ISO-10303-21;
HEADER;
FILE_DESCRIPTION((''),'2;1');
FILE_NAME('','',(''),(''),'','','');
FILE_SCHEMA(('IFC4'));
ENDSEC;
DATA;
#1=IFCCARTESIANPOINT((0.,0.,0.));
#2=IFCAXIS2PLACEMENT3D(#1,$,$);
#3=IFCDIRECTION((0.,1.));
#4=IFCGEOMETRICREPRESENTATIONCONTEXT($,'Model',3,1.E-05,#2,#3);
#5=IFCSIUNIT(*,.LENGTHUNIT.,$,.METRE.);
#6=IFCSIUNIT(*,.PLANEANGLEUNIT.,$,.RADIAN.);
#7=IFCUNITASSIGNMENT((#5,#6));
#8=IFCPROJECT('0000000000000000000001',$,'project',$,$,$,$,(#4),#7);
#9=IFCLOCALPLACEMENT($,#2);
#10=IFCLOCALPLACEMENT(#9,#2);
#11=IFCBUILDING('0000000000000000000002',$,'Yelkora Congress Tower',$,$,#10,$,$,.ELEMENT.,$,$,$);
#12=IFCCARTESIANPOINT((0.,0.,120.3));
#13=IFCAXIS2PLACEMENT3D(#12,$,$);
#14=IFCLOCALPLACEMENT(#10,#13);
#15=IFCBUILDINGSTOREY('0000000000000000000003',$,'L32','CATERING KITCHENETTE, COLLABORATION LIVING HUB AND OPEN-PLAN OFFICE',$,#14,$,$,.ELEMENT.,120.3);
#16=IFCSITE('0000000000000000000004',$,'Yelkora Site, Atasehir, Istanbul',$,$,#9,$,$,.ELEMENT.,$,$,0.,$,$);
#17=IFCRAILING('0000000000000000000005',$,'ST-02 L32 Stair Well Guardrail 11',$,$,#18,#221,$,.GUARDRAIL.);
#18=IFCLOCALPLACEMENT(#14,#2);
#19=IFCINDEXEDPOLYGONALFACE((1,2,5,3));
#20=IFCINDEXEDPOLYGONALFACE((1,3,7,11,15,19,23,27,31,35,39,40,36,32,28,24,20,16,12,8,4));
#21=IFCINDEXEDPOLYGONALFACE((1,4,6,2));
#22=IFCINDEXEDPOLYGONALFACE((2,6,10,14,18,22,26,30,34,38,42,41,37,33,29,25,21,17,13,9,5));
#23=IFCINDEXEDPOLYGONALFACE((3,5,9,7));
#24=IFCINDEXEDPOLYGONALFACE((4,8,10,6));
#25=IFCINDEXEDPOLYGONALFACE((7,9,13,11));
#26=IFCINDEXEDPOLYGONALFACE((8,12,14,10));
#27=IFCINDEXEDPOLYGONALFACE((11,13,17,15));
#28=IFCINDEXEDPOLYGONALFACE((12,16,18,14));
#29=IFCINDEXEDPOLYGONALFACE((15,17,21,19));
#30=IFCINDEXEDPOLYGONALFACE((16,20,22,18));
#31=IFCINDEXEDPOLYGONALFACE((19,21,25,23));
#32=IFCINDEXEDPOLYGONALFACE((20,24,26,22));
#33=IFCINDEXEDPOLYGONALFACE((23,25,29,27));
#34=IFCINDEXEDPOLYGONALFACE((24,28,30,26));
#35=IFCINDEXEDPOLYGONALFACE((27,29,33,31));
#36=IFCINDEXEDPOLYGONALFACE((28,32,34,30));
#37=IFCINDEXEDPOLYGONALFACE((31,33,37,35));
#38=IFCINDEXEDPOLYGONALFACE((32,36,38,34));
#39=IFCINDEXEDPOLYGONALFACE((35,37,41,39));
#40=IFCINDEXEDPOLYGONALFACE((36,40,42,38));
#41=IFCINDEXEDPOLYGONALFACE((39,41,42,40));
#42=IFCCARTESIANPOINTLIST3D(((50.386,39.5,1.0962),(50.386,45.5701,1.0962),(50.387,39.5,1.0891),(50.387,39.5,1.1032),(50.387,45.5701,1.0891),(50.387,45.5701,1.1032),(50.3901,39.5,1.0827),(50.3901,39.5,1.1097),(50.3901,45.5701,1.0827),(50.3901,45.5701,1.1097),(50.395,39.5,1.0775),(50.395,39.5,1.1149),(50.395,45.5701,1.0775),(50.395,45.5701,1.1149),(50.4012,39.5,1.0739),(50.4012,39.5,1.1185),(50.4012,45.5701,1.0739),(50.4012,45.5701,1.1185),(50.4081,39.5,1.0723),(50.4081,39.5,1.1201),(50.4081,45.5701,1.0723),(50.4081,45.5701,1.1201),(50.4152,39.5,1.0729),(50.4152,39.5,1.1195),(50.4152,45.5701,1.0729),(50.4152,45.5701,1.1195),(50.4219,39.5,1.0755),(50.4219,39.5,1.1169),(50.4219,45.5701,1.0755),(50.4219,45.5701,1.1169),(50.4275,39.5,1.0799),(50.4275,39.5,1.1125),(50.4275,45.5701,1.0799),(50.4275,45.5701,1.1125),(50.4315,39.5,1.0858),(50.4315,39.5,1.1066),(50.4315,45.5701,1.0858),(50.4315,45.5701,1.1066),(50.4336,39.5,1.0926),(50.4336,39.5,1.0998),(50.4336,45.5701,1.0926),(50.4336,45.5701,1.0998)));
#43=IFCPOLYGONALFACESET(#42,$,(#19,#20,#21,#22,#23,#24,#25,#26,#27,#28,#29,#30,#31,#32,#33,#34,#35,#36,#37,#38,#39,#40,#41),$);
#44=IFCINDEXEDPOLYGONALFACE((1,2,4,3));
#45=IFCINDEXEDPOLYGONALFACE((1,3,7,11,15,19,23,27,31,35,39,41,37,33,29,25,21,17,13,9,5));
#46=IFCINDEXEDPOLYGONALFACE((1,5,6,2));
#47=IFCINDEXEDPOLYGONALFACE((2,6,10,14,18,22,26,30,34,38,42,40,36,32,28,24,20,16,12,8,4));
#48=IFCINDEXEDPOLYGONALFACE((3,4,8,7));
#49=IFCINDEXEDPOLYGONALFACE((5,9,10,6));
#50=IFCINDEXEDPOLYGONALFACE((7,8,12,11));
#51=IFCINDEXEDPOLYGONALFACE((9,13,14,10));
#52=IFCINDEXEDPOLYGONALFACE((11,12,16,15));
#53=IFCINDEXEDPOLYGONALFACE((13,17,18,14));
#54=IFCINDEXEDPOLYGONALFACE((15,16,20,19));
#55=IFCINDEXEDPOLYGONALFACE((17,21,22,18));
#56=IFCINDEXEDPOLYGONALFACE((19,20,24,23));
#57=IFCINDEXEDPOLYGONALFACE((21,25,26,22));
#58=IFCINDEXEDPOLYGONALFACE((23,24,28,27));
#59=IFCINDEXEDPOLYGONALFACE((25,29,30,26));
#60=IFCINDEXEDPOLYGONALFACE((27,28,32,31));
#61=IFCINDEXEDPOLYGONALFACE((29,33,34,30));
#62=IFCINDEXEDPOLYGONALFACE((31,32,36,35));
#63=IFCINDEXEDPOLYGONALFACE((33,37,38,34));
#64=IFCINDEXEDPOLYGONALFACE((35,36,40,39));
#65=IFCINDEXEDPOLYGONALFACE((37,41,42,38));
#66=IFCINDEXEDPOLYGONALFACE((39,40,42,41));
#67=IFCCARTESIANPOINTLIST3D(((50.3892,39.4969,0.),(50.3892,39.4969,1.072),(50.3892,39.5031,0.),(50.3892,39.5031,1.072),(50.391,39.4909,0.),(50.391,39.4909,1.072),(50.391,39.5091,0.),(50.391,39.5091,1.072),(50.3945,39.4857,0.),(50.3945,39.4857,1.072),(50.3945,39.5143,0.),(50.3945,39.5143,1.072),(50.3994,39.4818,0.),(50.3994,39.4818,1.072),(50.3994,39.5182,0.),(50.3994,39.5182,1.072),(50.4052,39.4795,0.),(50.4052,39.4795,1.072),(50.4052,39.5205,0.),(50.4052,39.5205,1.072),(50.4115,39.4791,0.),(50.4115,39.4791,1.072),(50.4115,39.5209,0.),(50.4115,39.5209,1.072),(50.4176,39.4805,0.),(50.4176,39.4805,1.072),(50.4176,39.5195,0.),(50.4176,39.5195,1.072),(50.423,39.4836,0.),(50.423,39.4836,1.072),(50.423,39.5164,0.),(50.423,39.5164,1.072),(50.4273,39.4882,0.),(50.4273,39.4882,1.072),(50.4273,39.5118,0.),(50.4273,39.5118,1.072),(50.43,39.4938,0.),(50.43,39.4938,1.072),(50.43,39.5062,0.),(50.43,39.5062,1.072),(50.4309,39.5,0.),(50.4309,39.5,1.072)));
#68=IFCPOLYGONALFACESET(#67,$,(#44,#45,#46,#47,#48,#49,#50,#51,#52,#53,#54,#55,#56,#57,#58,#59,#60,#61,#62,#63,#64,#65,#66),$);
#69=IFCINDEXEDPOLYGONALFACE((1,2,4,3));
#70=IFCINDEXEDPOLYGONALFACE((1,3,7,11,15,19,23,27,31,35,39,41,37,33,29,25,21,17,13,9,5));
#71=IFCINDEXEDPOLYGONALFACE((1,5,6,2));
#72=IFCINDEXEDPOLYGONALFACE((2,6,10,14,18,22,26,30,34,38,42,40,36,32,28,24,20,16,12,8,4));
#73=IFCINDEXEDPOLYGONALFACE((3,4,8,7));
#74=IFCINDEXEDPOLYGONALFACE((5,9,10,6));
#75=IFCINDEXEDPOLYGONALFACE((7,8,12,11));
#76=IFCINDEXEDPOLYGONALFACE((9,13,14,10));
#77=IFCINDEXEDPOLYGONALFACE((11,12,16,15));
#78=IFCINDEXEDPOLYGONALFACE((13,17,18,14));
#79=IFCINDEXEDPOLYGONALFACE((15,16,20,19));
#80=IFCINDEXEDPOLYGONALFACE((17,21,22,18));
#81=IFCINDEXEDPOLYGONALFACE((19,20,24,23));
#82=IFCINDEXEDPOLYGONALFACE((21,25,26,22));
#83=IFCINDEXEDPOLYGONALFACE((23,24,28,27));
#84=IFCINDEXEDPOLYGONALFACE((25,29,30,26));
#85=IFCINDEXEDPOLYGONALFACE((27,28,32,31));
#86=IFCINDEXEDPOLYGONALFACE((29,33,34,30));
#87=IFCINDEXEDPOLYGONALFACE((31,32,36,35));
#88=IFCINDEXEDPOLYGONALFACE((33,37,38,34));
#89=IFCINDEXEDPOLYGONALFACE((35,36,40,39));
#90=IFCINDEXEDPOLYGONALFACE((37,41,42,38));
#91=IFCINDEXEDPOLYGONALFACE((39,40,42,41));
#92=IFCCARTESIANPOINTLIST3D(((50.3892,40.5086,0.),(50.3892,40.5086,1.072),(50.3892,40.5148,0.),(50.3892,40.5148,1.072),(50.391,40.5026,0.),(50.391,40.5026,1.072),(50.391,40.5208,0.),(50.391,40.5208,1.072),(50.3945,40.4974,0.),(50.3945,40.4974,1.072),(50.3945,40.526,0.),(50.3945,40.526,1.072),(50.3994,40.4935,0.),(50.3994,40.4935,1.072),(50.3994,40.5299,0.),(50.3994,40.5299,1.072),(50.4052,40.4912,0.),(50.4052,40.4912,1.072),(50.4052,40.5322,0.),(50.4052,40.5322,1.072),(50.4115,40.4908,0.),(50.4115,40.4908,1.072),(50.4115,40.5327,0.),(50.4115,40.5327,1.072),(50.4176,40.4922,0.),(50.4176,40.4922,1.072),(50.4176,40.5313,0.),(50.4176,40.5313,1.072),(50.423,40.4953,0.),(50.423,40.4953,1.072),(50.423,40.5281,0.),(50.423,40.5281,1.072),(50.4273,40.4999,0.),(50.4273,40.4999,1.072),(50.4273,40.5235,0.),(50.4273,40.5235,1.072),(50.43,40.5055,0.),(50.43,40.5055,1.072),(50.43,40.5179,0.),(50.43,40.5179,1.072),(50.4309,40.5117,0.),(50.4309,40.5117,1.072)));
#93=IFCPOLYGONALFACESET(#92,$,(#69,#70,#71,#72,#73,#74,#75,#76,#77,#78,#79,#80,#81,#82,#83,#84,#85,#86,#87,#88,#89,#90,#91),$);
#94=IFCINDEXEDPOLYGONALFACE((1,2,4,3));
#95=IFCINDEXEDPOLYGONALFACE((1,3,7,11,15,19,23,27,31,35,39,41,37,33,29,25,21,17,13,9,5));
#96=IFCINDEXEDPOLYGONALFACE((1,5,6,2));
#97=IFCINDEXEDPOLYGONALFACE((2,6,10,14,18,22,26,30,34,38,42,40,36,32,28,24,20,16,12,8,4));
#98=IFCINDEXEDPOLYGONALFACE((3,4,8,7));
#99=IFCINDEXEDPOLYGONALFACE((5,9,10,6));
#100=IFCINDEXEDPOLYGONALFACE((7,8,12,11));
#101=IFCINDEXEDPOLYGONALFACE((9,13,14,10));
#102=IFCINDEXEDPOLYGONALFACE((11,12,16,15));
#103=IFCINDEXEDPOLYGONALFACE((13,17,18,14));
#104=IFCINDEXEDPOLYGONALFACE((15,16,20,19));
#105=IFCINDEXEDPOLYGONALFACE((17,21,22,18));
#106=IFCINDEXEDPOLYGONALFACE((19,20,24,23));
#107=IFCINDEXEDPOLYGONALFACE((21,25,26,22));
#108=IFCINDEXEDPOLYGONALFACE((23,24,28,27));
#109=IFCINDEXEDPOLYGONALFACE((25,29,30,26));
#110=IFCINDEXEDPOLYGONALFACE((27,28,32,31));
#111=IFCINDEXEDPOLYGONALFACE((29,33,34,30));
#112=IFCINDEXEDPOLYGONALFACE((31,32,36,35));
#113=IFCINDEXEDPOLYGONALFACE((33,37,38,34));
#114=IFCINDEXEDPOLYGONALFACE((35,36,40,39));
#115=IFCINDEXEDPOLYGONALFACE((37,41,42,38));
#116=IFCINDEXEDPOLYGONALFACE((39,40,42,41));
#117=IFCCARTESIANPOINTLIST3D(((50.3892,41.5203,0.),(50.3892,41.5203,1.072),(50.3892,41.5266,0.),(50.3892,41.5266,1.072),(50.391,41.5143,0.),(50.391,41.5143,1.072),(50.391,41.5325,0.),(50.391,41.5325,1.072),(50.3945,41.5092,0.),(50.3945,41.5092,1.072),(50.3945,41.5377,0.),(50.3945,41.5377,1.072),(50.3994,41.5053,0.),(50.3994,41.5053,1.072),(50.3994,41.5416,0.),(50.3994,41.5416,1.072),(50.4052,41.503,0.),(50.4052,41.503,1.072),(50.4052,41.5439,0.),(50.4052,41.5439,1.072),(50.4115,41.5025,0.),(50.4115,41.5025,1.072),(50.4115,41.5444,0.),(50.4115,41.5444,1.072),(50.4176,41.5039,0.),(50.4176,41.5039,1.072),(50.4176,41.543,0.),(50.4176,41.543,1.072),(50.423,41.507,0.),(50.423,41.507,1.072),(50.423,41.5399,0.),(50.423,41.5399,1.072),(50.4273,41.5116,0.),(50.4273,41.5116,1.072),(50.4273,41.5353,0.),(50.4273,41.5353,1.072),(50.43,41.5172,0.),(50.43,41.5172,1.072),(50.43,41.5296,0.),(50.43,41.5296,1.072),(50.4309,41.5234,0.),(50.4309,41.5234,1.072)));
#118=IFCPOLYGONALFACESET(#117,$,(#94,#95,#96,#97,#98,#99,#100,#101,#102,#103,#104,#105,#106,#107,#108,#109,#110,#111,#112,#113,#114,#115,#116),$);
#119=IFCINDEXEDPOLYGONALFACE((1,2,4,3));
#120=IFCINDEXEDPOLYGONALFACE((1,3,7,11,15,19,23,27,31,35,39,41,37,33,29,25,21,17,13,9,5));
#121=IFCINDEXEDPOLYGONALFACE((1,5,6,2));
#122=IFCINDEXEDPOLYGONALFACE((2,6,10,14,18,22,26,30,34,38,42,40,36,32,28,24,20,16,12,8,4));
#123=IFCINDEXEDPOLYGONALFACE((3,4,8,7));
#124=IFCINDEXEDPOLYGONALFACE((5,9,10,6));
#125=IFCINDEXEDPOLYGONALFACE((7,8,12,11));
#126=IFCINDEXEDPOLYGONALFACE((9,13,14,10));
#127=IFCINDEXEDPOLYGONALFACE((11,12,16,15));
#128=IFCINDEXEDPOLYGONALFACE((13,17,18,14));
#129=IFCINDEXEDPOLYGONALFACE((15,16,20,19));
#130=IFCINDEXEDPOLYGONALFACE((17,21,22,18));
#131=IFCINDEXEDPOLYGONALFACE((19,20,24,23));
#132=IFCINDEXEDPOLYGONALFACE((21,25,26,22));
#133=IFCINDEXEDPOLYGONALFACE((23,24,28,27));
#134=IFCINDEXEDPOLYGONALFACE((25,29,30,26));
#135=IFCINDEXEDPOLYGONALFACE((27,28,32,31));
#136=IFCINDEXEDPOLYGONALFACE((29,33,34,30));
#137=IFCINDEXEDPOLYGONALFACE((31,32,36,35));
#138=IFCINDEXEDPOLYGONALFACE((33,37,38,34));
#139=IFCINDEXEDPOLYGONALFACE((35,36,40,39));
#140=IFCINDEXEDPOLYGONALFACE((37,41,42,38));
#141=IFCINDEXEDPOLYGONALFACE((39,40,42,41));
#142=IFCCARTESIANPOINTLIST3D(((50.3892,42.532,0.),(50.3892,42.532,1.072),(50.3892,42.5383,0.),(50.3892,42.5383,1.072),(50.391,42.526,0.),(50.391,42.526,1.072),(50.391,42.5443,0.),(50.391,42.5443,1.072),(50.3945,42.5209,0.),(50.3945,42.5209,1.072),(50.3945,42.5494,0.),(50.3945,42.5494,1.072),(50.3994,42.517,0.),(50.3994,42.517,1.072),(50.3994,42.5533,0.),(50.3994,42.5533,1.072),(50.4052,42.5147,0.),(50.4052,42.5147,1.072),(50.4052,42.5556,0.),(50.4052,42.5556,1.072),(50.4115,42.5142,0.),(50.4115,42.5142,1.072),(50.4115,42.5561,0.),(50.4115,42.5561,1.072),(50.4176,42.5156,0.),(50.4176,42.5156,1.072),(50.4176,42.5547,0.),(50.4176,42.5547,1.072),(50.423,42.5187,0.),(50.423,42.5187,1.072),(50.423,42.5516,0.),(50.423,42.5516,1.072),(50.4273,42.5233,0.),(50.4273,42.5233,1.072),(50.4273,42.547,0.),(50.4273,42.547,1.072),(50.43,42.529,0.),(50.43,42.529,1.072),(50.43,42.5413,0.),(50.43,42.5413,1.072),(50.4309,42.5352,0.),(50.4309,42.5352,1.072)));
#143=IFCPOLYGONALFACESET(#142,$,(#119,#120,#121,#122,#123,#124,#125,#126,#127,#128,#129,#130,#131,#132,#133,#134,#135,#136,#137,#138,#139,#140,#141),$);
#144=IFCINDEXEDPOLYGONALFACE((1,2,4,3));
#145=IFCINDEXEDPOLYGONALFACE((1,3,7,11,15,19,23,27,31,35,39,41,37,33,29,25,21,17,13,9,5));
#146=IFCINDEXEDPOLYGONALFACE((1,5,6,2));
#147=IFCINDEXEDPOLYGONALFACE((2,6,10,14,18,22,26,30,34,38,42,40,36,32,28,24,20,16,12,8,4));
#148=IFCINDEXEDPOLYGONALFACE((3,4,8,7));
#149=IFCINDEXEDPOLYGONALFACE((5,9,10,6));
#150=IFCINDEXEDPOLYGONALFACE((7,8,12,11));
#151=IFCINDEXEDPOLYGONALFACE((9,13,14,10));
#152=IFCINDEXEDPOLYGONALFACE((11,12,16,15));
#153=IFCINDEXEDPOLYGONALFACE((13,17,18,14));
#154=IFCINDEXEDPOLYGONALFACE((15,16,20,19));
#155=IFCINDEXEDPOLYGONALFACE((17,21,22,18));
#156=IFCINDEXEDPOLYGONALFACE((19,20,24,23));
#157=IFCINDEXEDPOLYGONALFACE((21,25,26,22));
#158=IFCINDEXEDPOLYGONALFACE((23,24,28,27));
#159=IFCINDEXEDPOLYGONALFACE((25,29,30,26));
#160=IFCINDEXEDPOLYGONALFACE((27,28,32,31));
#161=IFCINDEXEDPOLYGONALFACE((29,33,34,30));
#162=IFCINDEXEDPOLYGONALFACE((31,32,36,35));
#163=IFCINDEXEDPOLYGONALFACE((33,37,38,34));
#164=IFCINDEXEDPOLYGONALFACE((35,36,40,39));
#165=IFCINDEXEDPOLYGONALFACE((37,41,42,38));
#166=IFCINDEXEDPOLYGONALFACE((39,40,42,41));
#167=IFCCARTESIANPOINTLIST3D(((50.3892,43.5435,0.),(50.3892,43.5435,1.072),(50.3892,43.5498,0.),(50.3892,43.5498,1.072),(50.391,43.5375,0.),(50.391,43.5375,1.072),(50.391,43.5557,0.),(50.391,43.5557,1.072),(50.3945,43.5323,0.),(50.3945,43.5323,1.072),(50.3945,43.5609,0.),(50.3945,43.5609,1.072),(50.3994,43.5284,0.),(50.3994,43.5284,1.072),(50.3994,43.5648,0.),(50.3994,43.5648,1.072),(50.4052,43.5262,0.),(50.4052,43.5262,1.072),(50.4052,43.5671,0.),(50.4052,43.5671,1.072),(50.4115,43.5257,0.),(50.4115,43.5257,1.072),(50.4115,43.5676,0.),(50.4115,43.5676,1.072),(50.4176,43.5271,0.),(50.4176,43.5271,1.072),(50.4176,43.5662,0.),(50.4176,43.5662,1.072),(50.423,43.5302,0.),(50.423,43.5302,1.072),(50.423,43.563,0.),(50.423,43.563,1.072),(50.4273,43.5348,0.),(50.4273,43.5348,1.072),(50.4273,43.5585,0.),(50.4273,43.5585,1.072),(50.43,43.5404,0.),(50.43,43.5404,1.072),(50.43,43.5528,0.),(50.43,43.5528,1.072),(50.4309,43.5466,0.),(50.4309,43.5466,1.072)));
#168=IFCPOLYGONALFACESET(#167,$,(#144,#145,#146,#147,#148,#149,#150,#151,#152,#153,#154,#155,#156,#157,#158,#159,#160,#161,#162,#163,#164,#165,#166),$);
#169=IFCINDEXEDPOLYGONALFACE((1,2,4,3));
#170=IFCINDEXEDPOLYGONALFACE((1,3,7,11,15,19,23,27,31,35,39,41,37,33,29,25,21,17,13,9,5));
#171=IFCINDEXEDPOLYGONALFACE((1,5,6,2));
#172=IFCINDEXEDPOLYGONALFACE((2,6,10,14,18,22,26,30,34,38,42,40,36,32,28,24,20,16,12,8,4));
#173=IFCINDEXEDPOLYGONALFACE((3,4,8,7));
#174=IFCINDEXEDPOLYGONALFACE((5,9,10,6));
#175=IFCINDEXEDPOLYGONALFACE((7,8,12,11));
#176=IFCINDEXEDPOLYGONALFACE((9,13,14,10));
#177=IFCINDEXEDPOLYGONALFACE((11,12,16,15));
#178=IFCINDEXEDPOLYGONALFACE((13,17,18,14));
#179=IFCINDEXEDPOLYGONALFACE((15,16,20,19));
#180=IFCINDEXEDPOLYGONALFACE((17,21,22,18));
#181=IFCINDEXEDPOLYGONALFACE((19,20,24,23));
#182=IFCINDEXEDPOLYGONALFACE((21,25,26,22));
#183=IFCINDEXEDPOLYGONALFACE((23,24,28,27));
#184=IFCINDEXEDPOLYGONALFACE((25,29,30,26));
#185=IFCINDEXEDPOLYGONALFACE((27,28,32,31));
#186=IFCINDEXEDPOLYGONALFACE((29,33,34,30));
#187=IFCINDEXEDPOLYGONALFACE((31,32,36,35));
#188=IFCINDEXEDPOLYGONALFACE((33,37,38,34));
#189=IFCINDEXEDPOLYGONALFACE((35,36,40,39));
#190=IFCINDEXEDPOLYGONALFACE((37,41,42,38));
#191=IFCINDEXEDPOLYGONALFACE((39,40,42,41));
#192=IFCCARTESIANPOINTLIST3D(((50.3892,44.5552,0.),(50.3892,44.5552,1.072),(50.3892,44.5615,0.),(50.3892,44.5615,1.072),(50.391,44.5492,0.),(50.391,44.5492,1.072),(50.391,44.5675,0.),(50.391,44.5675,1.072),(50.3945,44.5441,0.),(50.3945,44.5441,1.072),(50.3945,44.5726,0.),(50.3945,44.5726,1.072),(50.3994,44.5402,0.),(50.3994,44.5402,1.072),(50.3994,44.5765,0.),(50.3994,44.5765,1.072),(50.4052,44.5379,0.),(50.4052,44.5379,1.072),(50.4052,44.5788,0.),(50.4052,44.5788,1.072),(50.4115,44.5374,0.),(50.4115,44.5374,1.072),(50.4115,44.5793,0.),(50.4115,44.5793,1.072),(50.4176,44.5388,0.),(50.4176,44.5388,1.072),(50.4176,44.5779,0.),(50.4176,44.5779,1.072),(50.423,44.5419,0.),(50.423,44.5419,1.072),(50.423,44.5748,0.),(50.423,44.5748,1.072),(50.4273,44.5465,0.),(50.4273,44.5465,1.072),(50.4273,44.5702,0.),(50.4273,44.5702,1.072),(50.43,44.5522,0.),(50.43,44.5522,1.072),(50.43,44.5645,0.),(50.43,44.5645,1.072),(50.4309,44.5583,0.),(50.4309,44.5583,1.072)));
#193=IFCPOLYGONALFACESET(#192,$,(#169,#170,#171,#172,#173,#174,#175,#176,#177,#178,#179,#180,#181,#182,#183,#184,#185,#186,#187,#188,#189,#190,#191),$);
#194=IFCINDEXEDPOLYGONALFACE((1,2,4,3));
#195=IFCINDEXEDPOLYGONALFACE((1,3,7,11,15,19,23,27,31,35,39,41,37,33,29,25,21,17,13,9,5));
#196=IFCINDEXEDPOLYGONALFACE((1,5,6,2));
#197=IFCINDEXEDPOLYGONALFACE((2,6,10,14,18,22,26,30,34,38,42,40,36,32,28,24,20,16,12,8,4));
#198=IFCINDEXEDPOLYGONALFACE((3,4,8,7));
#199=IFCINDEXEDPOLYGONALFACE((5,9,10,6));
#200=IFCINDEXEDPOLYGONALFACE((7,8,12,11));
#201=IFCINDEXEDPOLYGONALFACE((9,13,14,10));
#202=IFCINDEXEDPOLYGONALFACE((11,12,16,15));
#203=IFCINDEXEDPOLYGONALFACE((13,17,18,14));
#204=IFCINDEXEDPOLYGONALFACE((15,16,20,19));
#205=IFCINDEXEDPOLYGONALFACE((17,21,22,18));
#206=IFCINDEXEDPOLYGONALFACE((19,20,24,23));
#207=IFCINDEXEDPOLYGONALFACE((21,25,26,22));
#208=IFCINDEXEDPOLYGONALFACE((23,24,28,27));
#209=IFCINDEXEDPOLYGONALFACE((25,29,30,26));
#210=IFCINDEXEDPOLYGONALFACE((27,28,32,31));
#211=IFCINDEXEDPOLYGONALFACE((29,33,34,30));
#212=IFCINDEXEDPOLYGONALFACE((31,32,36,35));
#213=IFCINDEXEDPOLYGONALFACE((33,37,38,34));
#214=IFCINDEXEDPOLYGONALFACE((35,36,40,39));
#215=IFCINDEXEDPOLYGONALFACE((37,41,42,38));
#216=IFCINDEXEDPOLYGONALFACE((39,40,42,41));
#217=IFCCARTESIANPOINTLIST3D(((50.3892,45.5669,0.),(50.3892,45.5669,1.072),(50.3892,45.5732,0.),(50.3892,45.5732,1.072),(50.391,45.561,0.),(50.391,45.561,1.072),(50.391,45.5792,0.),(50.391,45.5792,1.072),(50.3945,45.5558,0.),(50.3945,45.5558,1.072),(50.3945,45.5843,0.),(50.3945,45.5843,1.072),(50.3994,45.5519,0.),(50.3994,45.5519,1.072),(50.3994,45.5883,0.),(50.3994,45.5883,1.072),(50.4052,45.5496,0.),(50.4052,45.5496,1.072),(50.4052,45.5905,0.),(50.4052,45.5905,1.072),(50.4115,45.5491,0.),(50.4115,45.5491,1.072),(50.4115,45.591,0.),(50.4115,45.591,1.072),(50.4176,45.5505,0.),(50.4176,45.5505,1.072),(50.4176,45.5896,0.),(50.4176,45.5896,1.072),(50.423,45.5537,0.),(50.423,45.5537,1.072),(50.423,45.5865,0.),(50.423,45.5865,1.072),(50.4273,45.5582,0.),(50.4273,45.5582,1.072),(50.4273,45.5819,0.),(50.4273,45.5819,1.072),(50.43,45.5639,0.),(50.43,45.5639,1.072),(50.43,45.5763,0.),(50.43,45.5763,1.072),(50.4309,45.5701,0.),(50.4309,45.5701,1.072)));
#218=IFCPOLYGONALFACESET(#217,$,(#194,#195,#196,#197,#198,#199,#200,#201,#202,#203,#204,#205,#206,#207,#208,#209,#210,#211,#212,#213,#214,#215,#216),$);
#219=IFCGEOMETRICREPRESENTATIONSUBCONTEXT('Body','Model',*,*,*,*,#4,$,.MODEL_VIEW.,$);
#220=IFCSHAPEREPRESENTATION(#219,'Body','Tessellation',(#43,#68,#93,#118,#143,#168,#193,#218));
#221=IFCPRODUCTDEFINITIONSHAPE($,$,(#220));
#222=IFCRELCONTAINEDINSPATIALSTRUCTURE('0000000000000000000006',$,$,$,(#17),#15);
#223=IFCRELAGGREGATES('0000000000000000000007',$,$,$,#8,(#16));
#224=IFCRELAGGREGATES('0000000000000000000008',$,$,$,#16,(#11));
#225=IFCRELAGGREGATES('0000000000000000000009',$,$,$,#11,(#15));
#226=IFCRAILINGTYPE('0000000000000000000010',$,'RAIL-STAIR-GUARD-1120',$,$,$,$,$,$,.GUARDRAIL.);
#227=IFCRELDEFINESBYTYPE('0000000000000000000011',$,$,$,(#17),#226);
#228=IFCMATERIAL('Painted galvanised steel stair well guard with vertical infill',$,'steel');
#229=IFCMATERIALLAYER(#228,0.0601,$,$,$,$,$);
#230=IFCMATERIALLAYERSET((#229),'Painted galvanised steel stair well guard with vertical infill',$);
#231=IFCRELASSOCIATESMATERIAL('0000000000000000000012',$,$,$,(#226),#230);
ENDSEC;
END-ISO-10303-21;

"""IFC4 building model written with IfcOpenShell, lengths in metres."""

from ifc_helpers import new_model, si_unit, direction, frame, origin, origin_2d, place, context, subcontext, project, spatial, circle, extrude, material, layer, layer_set, type_object, element, save


model = new_model("IFC4")

# Units and contexts
model_context = context("Model", 3, precision=1e-05, world=origin(), true_north=direction((0.0, 1.0)))
body_context = subcontext(model_context, "Body", "Model", "MODEL_VIEW")
ifc_project = project(units=[si_unit("LENGTHUNIT", "METRE"), si_unit("PLANEANGLEUNIT", "RADIAN")], contexts=[model_context])

# Site, building, storey
site_placement = place(None, origin())
site = spatial("IfcSite", under=ifc_project, at=site_placement, Name="Yelkora Site, Atasehir, Istanbul", CompositionType="ELEMENT", RefElevation=0.0)
building_placement = place(site_placement, origin())
building = spatial("IfcBuilding", under=site, at=building_placement, Name="Yelkora Congress Tower", CompositionType="ELEMENT")
storey_placement = place(building_placement, frame((0.0, 0.0, 120.3)))
storey = spatial("IfcBuildingStorey", under=building, at=storey_placement, Name="L32", Description="CATERING KITCHENETTE, COLLABORATION LIVING HUB AND OPEN-PLAN OFFICE", CompositionType="ELEMENT", Elevation=120.3)

# Railing
ifc_material_1 = material(Name="Painted galvanised steel stair well guard with vertical infill", Category="steel")
ifc_layer_1 = layer(ifc_material_1, 0.0601)
ifc_layer_set_1 = layer_set([ifc_layer_1], Name="Painted galvanised steel stair well guard with vertical infill")
railing_type_1 = type_object("IfcRailingType", Name="RAIL-STAIR-GUARD-1120", PredefinedType="GUARDRAIL", material=ifc_layer_set_1)
railing_1_placement = place(storey_placement, frame((50.4099, 39.5, 0.0)))
element("IfcRailing", 1, at=railing_1_placement, inside=storey, type_object=railing_type_1, Name="ST-02 L32 Stair Well Guardrail 11", PredefinedType="GUARDRAIL", context=body_context, shape_type="SweptSolid", body=[
    extrude(circle(Radius=0.0239, at=origin_2d()), frame((0.0, 0.0, 1.0962), z_axis=(0.0, 1.0, 0.0), x_axis=(-1.0, 0.0, 0.0)), (0.0, 0.0, 1.0), 6.0701),
    extrude(circle(Radius=0.021, at=origin_2d()), origin(), (0.0, 0.0, 1.0), 1.072),
    extrude(circle(Radius=0.021, at=origin_2d()), frame((0.0, 1.0117, 0.0)), (0.0, 0.0, 1.0), 1.072),
    extrude(circle(Radius=0.021, at=origin_2d()), frame((0.0, 2.0234, 0.0)), (0.0, 0.0, 1.0), 1.072),
    extrude(circle(Radius=0.021, at=origin_2d()), frame((0.0, 3.0352, 0.0)), (0.0, 0.0, 1.0), 1.072),
    extrude(circle(Radius=0.021, at=origin_2d()), frame((0.0, 4.0466, 0.0)), (0.0, 0.0, 1.0), 1.072),
    extrude(circle(Radius=0.021, at=origin_2d()), frame((0.0, 5.0583, 0.0)), (0.0, 0.0, 1.0), 1.072),
    extrude(circle(Radius=0.021, at=origin_2d()), frame((0.0, 6.0701, 0.0)), (0.0, 0.0, 1.0), 1.072),
])

save(model, "model.ifc")
